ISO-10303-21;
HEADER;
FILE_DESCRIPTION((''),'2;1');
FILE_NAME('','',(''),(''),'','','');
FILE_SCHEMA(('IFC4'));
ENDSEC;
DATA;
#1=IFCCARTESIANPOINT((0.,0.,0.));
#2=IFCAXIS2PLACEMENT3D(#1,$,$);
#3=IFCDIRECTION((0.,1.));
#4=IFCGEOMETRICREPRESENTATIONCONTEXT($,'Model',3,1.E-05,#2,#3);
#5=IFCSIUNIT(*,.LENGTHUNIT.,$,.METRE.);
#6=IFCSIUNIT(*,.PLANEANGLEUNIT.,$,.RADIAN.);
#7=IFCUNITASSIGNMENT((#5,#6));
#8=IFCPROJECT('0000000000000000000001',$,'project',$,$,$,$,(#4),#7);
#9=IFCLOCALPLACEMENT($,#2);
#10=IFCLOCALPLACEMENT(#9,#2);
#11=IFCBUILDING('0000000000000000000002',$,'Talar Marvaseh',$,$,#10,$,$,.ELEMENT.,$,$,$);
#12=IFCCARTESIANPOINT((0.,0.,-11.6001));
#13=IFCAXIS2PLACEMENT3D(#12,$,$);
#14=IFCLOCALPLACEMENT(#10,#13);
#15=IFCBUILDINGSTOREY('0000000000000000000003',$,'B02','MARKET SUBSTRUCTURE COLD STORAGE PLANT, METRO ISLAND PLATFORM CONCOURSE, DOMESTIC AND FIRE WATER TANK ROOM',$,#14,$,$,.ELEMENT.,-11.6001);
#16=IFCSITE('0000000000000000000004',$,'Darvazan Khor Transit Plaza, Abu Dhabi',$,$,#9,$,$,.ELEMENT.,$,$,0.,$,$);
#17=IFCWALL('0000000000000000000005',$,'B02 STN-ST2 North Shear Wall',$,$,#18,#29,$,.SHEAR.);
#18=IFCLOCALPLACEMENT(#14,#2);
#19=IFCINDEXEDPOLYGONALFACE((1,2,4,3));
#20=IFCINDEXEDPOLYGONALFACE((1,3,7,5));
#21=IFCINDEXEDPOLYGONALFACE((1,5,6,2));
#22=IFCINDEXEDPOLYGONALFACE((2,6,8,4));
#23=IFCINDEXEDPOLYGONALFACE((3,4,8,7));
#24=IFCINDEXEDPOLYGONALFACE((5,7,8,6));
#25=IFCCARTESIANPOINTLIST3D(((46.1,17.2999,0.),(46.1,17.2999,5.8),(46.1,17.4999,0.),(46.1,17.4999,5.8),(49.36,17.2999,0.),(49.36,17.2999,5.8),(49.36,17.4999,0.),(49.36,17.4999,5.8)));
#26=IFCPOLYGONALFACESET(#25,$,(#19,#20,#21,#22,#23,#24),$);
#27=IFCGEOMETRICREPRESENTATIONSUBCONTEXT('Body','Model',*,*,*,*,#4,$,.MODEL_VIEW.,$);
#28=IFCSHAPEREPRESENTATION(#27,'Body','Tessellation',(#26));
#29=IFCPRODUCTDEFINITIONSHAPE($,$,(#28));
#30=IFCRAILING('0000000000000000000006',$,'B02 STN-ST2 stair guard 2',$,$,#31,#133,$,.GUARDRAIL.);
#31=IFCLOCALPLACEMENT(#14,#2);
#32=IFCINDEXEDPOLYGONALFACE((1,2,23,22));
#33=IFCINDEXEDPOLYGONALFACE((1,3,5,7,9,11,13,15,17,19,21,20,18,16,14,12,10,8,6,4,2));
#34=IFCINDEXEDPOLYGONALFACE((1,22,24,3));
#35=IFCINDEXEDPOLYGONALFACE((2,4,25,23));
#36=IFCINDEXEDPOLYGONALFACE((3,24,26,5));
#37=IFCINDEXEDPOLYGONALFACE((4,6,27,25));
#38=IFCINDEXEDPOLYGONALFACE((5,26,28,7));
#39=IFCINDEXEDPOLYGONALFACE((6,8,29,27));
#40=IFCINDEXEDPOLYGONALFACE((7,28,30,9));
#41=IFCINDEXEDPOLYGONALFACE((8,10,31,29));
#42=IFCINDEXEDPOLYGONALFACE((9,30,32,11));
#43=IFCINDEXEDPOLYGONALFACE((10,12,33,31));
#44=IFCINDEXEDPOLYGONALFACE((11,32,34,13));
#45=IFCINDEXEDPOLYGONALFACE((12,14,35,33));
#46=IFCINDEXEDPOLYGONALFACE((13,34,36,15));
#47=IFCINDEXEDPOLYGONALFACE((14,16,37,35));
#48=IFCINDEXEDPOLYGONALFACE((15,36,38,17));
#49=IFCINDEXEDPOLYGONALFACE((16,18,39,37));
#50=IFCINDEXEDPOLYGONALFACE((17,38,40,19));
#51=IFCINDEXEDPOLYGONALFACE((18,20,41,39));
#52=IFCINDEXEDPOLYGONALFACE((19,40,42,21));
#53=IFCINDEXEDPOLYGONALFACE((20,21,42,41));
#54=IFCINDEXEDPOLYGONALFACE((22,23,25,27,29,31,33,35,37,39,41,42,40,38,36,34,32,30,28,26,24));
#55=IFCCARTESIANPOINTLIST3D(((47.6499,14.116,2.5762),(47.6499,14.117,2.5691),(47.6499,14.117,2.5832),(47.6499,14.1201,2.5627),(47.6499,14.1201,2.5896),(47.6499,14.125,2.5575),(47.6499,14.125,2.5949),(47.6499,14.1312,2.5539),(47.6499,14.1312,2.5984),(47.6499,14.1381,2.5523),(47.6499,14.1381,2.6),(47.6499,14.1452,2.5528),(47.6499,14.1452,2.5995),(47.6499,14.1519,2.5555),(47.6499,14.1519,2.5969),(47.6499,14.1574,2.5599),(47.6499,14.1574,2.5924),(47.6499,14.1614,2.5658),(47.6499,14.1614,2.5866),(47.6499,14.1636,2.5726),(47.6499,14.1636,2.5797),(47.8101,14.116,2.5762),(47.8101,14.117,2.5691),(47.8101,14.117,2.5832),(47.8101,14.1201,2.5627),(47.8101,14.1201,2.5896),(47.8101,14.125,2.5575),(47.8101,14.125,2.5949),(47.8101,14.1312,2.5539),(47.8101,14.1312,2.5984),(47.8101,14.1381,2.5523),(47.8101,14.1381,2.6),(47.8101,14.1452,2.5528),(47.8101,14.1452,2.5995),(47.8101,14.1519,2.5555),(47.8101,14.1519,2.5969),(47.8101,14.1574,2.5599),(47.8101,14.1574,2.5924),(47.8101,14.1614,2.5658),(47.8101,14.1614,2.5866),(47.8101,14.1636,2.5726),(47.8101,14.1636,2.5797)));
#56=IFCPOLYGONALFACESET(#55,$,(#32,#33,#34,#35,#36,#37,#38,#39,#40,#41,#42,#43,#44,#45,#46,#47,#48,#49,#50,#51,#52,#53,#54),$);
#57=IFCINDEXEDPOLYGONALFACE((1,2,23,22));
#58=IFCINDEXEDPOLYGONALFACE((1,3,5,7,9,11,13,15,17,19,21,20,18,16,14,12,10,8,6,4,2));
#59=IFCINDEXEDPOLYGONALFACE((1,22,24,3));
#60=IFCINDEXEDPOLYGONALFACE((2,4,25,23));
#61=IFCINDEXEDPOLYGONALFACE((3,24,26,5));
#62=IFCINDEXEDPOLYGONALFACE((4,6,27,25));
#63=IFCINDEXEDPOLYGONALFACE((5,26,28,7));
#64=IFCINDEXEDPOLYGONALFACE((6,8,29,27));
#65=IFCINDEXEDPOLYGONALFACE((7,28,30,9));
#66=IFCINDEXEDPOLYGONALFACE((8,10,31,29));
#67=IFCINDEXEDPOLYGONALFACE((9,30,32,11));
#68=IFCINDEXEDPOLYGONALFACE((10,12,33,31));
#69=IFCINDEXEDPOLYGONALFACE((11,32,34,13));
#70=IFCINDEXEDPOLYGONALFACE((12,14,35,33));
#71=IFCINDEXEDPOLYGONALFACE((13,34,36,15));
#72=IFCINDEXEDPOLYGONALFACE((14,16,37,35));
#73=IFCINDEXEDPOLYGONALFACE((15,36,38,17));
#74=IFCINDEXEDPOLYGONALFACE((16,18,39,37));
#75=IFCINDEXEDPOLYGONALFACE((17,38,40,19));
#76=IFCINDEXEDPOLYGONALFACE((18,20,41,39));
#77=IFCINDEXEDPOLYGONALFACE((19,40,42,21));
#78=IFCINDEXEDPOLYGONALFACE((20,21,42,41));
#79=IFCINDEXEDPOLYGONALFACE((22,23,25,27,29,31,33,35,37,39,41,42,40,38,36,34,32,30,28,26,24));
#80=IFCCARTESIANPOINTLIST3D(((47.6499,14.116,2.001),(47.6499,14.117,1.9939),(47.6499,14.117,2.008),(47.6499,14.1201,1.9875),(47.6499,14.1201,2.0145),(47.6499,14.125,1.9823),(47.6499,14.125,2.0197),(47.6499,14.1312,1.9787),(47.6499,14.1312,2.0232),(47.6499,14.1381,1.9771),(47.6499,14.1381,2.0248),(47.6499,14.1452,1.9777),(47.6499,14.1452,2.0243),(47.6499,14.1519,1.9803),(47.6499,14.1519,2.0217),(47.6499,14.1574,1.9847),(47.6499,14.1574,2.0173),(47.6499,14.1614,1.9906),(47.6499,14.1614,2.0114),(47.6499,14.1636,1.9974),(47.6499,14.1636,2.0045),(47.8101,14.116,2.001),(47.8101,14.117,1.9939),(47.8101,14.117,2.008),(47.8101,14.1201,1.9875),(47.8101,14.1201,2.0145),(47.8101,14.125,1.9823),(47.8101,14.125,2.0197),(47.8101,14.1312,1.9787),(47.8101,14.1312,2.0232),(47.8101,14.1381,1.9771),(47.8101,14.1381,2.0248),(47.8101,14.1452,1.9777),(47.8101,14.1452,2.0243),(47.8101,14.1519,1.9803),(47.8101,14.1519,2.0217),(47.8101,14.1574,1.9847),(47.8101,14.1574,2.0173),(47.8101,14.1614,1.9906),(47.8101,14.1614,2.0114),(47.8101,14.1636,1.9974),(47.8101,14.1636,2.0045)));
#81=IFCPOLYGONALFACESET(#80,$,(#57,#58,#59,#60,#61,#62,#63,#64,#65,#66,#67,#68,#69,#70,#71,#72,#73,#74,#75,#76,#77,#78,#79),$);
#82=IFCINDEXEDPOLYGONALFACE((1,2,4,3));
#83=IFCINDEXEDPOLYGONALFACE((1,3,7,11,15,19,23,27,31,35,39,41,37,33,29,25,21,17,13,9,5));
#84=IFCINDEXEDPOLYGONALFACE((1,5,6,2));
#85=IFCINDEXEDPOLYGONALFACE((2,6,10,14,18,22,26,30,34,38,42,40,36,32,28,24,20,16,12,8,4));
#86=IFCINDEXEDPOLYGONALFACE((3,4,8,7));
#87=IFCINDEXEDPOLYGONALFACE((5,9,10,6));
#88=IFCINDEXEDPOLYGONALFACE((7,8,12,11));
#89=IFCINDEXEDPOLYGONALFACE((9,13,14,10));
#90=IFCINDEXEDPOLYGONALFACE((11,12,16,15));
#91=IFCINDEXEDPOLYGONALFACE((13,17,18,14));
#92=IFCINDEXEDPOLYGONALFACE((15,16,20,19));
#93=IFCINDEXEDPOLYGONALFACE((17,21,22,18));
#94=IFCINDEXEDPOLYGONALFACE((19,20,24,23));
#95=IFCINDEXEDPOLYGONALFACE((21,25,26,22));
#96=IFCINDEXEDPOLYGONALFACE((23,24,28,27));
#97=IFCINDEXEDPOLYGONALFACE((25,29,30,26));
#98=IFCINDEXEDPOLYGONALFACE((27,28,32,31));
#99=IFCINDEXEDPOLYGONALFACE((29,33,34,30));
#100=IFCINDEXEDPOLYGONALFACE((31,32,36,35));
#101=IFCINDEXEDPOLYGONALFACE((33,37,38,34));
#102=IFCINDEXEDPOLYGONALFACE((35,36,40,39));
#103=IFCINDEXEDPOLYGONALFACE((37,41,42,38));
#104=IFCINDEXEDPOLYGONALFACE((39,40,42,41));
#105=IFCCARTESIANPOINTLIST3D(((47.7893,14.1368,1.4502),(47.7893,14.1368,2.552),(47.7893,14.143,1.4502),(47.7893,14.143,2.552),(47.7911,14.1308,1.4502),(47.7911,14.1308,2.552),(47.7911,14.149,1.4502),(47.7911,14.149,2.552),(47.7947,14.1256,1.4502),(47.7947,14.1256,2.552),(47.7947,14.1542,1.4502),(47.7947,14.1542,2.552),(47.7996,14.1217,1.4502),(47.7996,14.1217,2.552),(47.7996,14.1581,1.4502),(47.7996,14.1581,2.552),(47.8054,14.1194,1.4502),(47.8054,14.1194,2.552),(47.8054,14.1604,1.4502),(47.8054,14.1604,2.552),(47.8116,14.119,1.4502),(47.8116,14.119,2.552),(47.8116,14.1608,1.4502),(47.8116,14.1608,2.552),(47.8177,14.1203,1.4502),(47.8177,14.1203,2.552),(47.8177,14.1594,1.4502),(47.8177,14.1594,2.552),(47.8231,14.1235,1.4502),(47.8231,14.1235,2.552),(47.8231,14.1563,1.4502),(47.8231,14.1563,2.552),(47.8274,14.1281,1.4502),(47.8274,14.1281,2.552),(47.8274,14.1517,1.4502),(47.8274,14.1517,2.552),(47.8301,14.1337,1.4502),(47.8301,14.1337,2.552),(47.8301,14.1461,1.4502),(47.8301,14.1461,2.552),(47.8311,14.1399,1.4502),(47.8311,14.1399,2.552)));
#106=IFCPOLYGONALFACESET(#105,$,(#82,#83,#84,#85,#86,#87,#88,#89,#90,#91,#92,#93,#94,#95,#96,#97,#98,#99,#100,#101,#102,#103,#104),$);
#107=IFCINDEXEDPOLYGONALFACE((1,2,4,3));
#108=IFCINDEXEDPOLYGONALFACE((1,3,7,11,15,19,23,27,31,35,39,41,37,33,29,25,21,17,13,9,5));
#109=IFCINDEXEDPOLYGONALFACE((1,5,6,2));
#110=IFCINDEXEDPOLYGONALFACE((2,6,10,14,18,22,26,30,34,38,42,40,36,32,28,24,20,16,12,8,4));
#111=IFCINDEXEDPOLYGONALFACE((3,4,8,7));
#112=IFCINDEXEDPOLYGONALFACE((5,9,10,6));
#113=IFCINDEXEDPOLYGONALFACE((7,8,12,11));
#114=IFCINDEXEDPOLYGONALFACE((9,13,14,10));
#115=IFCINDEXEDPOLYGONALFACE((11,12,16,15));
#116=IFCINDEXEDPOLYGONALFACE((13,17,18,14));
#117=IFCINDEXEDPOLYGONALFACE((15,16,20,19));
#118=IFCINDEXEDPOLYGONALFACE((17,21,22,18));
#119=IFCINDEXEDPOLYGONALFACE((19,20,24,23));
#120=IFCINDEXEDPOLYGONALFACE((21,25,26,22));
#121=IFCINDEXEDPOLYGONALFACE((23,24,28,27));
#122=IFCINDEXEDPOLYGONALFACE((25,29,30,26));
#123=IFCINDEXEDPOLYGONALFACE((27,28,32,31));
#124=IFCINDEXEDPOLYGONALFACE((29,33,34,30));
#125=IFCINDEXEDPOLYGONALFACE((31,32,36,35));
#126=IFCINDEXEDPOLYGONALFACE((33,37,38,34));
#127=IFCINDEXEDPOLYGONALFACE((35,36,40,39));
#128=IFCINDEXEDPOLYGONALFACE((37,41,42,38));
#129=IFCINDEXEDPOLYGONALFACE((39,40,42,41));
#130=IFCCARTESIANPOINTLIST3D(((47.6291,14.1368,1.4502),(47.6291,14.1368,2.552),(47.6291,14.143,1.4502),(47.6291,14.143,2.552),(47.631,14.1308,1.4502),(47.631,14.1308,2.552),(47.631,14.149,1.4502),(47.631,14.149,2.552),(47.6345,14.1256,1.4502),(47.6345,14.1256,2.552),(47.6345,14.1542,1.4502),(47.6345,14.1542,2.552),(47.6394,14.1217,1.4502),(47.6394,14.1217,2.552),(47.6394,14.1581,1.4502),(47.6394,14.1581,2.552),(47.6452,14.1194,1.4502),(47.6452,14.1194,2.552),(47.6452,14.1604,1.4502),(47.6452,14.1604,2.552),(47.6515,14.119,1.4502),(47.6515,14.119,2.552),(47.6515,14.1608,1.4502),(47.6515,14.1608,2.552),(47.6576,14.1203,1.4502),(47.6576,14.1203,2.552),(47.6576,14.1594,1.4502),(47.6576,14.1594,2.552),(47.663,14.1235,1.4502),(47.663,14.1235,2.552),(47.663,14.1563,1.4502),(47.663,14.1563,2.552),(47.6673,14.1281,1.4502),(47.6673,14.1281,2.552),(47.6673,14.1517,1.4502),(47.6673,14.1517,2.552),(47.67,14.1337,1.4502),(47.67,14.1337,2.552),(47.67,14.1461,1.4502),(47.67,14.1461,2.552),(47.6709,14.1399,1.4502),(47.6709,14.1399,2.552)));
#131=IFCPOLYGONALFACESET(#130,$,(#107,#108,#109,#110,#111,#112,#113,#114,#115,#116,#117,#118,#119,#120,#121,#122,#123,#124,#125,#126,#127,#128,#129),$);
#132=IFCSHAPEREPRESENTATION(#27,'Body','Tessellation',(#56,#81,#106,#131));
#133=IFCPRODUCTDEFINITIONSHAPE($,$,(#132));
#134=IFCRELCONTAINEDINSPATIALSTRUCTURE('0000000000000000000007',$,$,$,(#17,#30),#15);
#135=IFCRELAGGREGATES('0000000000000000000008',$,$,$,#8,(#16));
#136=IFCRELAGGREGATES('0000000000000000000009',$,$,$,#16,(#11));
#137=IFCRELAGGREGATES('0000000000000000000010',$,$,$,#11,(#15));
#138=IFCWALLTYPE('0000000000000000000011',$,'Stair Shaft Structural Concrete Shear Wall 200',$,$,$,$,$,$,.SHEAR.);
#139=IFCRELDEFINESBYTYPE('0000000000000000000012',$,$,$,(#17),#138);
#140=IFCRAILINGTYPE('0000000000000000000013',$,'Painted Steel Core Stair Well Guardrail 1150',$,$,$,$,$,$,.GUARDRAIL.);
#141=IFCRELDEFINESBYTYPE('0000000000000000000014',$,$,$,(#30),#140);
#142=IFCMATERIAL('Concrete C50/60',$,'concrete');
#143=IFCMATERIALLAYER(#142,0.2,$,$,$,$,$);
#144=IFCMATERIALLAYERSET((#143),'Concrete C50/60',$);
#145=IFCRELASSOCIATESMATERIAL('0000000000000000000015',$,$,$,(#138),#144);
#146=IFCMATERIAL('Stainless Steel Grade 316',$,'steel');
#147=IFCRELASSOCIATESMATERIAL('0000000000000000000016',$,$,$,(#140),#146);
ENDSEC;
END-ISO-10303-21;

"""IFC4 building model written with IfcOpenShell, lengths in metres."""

from ifc_helpers import new_model, si_unit, direction, frame, frame_2d, origin, origin_2d, place, context, subcontext, project, spatial, rectangle, circle, extrude, material, layer, layer_set, type_object, element, save


model = new_model("IFC4")

# Units and contexts
model_context = context("Model", 3, precision=1e-05, world=origin(), true_north=direction((0.0, 1.0)))
body_context = subcontext(model_context, "Body", "Model", "MODEL_VIEW")
ifc_project = project(units=[si_unit("LENGTHUNIT", "METRE"), si_unit("PLANEANGLEUNIT", "RADIAN")], contexts=[model_context])

# Site, building, storey
site_placement = place(None, origin())
site = spatial("IfcSite", under=ifc_project, at=site_placement, Name="Darvazan Khor Transit Plaza, Abu Dhabi", CompositionType="ELEMENT", RefElevation=0.0)
building_placement = place(site_placement, origin())
building = spatial("IfcBuilding", under=site, at=building_placement, Name="Talar Marvaseh", CompositionType="ELEMENT")
storey_placement = place(building_placement, frame((0.0, 0.0, -11.6001)))
storey = spatial("IfcBuildingStorey", under=building, at=storey_placement, Name="B02", Description="MARKET SUBSTRUCTURE COLD STORAGE PLANT, METRO ISLAND PLATFORM CONCOURSE, DOMESTIC AND FIRE WATER TANK ROOM", CompositionType="ELEMENT", Elevation=-11.6001)

# Shared definitions
ifc_material_1 = material(Name="Concrete C50/60", Category="concrete")

# Wall
ifc_layer_1 = layer(ifc_material_1, 0.2)
ifc_layer_set_1 = layer_set([ifc_layer_1], Name="Concrete C50/60")
wall_type_1 = type_object("IfcWallType", Name="Stair Shaft Structural Concrete Shear Wall 200", PredefinedType="SHEAR", material=ifc_layer_set_1)
wall_1_placement = place(storey_placement, frame((46.1001, 17.3999, 0.0), z_axis=(0.0, 0.0, 1.0), x_axis=(1.0, 0.0, 0.0)))
element("IfcWall", 1, at=wall_1_placement, inside=storey, type_object=wall_type_1, Name="B02 STN-ST2 North Shear Wall", PredefinedType="SHEAR", context=body_context, shape_type="SweptSolid", body=[
    extrude(rectangle(XDim=3.26, YDim=0.2, at=frame_2d((1.6299, 0.0))), origin(), (0.0, 0.0, 1.0), 5.8),
])

# Railing
ifc_material_2 = material(Name="Stainless Steel Grade 316", Category="steel")
railing_type = type_object("IfcRailingType", Name="Painted Steel Core Stair Well Guardrail 1150", PredefinedType="GUARDRAIL", material=ifc_material_2)
railing_1_placement = place(storey_placement, frame((47.8101, 14.1399, 1.4502)))
element("IfcRailing", 2, at=railing_1_placement, inside=storey, type_object=railing_type, Name="B02 STN-ST2 stair guard 2", PredefinedType="GUARDRAIL", context=body_context, shape_type="SweptSolid", body=[
    extrude(circle(Radius=0.0239, at=origin_2d()), frame((0.0, 0.0, 1.126), z_axis=(-1.0, 0.0, 0.0), x_axis=(0.0, -1.0, 0.0)), (0.0, 0.0, 1.0), 0.1602),
    extrude(circle(Radius=0.0239, at=origin_2d()), frame((0.0, 0.0, 0.5508), z_axis=(-1.0, 0.0, 0.0), x_axis=(0.0, -1.0, 0.0)), (0.0, 0.0, 1.0), 0.1602),
    extrude(circle(Radius=0.021, at=origin_2d()), origin(), (0.0, 0.0, 1.0), 1.1018),
    extrude(circle(Radius=0.021, at=origin_2d()), frame((-0.1602, 0.0, 0.0)), (0.0, 0.0, 1.0), 1.1018),
])

save(model, "model.ifc")
